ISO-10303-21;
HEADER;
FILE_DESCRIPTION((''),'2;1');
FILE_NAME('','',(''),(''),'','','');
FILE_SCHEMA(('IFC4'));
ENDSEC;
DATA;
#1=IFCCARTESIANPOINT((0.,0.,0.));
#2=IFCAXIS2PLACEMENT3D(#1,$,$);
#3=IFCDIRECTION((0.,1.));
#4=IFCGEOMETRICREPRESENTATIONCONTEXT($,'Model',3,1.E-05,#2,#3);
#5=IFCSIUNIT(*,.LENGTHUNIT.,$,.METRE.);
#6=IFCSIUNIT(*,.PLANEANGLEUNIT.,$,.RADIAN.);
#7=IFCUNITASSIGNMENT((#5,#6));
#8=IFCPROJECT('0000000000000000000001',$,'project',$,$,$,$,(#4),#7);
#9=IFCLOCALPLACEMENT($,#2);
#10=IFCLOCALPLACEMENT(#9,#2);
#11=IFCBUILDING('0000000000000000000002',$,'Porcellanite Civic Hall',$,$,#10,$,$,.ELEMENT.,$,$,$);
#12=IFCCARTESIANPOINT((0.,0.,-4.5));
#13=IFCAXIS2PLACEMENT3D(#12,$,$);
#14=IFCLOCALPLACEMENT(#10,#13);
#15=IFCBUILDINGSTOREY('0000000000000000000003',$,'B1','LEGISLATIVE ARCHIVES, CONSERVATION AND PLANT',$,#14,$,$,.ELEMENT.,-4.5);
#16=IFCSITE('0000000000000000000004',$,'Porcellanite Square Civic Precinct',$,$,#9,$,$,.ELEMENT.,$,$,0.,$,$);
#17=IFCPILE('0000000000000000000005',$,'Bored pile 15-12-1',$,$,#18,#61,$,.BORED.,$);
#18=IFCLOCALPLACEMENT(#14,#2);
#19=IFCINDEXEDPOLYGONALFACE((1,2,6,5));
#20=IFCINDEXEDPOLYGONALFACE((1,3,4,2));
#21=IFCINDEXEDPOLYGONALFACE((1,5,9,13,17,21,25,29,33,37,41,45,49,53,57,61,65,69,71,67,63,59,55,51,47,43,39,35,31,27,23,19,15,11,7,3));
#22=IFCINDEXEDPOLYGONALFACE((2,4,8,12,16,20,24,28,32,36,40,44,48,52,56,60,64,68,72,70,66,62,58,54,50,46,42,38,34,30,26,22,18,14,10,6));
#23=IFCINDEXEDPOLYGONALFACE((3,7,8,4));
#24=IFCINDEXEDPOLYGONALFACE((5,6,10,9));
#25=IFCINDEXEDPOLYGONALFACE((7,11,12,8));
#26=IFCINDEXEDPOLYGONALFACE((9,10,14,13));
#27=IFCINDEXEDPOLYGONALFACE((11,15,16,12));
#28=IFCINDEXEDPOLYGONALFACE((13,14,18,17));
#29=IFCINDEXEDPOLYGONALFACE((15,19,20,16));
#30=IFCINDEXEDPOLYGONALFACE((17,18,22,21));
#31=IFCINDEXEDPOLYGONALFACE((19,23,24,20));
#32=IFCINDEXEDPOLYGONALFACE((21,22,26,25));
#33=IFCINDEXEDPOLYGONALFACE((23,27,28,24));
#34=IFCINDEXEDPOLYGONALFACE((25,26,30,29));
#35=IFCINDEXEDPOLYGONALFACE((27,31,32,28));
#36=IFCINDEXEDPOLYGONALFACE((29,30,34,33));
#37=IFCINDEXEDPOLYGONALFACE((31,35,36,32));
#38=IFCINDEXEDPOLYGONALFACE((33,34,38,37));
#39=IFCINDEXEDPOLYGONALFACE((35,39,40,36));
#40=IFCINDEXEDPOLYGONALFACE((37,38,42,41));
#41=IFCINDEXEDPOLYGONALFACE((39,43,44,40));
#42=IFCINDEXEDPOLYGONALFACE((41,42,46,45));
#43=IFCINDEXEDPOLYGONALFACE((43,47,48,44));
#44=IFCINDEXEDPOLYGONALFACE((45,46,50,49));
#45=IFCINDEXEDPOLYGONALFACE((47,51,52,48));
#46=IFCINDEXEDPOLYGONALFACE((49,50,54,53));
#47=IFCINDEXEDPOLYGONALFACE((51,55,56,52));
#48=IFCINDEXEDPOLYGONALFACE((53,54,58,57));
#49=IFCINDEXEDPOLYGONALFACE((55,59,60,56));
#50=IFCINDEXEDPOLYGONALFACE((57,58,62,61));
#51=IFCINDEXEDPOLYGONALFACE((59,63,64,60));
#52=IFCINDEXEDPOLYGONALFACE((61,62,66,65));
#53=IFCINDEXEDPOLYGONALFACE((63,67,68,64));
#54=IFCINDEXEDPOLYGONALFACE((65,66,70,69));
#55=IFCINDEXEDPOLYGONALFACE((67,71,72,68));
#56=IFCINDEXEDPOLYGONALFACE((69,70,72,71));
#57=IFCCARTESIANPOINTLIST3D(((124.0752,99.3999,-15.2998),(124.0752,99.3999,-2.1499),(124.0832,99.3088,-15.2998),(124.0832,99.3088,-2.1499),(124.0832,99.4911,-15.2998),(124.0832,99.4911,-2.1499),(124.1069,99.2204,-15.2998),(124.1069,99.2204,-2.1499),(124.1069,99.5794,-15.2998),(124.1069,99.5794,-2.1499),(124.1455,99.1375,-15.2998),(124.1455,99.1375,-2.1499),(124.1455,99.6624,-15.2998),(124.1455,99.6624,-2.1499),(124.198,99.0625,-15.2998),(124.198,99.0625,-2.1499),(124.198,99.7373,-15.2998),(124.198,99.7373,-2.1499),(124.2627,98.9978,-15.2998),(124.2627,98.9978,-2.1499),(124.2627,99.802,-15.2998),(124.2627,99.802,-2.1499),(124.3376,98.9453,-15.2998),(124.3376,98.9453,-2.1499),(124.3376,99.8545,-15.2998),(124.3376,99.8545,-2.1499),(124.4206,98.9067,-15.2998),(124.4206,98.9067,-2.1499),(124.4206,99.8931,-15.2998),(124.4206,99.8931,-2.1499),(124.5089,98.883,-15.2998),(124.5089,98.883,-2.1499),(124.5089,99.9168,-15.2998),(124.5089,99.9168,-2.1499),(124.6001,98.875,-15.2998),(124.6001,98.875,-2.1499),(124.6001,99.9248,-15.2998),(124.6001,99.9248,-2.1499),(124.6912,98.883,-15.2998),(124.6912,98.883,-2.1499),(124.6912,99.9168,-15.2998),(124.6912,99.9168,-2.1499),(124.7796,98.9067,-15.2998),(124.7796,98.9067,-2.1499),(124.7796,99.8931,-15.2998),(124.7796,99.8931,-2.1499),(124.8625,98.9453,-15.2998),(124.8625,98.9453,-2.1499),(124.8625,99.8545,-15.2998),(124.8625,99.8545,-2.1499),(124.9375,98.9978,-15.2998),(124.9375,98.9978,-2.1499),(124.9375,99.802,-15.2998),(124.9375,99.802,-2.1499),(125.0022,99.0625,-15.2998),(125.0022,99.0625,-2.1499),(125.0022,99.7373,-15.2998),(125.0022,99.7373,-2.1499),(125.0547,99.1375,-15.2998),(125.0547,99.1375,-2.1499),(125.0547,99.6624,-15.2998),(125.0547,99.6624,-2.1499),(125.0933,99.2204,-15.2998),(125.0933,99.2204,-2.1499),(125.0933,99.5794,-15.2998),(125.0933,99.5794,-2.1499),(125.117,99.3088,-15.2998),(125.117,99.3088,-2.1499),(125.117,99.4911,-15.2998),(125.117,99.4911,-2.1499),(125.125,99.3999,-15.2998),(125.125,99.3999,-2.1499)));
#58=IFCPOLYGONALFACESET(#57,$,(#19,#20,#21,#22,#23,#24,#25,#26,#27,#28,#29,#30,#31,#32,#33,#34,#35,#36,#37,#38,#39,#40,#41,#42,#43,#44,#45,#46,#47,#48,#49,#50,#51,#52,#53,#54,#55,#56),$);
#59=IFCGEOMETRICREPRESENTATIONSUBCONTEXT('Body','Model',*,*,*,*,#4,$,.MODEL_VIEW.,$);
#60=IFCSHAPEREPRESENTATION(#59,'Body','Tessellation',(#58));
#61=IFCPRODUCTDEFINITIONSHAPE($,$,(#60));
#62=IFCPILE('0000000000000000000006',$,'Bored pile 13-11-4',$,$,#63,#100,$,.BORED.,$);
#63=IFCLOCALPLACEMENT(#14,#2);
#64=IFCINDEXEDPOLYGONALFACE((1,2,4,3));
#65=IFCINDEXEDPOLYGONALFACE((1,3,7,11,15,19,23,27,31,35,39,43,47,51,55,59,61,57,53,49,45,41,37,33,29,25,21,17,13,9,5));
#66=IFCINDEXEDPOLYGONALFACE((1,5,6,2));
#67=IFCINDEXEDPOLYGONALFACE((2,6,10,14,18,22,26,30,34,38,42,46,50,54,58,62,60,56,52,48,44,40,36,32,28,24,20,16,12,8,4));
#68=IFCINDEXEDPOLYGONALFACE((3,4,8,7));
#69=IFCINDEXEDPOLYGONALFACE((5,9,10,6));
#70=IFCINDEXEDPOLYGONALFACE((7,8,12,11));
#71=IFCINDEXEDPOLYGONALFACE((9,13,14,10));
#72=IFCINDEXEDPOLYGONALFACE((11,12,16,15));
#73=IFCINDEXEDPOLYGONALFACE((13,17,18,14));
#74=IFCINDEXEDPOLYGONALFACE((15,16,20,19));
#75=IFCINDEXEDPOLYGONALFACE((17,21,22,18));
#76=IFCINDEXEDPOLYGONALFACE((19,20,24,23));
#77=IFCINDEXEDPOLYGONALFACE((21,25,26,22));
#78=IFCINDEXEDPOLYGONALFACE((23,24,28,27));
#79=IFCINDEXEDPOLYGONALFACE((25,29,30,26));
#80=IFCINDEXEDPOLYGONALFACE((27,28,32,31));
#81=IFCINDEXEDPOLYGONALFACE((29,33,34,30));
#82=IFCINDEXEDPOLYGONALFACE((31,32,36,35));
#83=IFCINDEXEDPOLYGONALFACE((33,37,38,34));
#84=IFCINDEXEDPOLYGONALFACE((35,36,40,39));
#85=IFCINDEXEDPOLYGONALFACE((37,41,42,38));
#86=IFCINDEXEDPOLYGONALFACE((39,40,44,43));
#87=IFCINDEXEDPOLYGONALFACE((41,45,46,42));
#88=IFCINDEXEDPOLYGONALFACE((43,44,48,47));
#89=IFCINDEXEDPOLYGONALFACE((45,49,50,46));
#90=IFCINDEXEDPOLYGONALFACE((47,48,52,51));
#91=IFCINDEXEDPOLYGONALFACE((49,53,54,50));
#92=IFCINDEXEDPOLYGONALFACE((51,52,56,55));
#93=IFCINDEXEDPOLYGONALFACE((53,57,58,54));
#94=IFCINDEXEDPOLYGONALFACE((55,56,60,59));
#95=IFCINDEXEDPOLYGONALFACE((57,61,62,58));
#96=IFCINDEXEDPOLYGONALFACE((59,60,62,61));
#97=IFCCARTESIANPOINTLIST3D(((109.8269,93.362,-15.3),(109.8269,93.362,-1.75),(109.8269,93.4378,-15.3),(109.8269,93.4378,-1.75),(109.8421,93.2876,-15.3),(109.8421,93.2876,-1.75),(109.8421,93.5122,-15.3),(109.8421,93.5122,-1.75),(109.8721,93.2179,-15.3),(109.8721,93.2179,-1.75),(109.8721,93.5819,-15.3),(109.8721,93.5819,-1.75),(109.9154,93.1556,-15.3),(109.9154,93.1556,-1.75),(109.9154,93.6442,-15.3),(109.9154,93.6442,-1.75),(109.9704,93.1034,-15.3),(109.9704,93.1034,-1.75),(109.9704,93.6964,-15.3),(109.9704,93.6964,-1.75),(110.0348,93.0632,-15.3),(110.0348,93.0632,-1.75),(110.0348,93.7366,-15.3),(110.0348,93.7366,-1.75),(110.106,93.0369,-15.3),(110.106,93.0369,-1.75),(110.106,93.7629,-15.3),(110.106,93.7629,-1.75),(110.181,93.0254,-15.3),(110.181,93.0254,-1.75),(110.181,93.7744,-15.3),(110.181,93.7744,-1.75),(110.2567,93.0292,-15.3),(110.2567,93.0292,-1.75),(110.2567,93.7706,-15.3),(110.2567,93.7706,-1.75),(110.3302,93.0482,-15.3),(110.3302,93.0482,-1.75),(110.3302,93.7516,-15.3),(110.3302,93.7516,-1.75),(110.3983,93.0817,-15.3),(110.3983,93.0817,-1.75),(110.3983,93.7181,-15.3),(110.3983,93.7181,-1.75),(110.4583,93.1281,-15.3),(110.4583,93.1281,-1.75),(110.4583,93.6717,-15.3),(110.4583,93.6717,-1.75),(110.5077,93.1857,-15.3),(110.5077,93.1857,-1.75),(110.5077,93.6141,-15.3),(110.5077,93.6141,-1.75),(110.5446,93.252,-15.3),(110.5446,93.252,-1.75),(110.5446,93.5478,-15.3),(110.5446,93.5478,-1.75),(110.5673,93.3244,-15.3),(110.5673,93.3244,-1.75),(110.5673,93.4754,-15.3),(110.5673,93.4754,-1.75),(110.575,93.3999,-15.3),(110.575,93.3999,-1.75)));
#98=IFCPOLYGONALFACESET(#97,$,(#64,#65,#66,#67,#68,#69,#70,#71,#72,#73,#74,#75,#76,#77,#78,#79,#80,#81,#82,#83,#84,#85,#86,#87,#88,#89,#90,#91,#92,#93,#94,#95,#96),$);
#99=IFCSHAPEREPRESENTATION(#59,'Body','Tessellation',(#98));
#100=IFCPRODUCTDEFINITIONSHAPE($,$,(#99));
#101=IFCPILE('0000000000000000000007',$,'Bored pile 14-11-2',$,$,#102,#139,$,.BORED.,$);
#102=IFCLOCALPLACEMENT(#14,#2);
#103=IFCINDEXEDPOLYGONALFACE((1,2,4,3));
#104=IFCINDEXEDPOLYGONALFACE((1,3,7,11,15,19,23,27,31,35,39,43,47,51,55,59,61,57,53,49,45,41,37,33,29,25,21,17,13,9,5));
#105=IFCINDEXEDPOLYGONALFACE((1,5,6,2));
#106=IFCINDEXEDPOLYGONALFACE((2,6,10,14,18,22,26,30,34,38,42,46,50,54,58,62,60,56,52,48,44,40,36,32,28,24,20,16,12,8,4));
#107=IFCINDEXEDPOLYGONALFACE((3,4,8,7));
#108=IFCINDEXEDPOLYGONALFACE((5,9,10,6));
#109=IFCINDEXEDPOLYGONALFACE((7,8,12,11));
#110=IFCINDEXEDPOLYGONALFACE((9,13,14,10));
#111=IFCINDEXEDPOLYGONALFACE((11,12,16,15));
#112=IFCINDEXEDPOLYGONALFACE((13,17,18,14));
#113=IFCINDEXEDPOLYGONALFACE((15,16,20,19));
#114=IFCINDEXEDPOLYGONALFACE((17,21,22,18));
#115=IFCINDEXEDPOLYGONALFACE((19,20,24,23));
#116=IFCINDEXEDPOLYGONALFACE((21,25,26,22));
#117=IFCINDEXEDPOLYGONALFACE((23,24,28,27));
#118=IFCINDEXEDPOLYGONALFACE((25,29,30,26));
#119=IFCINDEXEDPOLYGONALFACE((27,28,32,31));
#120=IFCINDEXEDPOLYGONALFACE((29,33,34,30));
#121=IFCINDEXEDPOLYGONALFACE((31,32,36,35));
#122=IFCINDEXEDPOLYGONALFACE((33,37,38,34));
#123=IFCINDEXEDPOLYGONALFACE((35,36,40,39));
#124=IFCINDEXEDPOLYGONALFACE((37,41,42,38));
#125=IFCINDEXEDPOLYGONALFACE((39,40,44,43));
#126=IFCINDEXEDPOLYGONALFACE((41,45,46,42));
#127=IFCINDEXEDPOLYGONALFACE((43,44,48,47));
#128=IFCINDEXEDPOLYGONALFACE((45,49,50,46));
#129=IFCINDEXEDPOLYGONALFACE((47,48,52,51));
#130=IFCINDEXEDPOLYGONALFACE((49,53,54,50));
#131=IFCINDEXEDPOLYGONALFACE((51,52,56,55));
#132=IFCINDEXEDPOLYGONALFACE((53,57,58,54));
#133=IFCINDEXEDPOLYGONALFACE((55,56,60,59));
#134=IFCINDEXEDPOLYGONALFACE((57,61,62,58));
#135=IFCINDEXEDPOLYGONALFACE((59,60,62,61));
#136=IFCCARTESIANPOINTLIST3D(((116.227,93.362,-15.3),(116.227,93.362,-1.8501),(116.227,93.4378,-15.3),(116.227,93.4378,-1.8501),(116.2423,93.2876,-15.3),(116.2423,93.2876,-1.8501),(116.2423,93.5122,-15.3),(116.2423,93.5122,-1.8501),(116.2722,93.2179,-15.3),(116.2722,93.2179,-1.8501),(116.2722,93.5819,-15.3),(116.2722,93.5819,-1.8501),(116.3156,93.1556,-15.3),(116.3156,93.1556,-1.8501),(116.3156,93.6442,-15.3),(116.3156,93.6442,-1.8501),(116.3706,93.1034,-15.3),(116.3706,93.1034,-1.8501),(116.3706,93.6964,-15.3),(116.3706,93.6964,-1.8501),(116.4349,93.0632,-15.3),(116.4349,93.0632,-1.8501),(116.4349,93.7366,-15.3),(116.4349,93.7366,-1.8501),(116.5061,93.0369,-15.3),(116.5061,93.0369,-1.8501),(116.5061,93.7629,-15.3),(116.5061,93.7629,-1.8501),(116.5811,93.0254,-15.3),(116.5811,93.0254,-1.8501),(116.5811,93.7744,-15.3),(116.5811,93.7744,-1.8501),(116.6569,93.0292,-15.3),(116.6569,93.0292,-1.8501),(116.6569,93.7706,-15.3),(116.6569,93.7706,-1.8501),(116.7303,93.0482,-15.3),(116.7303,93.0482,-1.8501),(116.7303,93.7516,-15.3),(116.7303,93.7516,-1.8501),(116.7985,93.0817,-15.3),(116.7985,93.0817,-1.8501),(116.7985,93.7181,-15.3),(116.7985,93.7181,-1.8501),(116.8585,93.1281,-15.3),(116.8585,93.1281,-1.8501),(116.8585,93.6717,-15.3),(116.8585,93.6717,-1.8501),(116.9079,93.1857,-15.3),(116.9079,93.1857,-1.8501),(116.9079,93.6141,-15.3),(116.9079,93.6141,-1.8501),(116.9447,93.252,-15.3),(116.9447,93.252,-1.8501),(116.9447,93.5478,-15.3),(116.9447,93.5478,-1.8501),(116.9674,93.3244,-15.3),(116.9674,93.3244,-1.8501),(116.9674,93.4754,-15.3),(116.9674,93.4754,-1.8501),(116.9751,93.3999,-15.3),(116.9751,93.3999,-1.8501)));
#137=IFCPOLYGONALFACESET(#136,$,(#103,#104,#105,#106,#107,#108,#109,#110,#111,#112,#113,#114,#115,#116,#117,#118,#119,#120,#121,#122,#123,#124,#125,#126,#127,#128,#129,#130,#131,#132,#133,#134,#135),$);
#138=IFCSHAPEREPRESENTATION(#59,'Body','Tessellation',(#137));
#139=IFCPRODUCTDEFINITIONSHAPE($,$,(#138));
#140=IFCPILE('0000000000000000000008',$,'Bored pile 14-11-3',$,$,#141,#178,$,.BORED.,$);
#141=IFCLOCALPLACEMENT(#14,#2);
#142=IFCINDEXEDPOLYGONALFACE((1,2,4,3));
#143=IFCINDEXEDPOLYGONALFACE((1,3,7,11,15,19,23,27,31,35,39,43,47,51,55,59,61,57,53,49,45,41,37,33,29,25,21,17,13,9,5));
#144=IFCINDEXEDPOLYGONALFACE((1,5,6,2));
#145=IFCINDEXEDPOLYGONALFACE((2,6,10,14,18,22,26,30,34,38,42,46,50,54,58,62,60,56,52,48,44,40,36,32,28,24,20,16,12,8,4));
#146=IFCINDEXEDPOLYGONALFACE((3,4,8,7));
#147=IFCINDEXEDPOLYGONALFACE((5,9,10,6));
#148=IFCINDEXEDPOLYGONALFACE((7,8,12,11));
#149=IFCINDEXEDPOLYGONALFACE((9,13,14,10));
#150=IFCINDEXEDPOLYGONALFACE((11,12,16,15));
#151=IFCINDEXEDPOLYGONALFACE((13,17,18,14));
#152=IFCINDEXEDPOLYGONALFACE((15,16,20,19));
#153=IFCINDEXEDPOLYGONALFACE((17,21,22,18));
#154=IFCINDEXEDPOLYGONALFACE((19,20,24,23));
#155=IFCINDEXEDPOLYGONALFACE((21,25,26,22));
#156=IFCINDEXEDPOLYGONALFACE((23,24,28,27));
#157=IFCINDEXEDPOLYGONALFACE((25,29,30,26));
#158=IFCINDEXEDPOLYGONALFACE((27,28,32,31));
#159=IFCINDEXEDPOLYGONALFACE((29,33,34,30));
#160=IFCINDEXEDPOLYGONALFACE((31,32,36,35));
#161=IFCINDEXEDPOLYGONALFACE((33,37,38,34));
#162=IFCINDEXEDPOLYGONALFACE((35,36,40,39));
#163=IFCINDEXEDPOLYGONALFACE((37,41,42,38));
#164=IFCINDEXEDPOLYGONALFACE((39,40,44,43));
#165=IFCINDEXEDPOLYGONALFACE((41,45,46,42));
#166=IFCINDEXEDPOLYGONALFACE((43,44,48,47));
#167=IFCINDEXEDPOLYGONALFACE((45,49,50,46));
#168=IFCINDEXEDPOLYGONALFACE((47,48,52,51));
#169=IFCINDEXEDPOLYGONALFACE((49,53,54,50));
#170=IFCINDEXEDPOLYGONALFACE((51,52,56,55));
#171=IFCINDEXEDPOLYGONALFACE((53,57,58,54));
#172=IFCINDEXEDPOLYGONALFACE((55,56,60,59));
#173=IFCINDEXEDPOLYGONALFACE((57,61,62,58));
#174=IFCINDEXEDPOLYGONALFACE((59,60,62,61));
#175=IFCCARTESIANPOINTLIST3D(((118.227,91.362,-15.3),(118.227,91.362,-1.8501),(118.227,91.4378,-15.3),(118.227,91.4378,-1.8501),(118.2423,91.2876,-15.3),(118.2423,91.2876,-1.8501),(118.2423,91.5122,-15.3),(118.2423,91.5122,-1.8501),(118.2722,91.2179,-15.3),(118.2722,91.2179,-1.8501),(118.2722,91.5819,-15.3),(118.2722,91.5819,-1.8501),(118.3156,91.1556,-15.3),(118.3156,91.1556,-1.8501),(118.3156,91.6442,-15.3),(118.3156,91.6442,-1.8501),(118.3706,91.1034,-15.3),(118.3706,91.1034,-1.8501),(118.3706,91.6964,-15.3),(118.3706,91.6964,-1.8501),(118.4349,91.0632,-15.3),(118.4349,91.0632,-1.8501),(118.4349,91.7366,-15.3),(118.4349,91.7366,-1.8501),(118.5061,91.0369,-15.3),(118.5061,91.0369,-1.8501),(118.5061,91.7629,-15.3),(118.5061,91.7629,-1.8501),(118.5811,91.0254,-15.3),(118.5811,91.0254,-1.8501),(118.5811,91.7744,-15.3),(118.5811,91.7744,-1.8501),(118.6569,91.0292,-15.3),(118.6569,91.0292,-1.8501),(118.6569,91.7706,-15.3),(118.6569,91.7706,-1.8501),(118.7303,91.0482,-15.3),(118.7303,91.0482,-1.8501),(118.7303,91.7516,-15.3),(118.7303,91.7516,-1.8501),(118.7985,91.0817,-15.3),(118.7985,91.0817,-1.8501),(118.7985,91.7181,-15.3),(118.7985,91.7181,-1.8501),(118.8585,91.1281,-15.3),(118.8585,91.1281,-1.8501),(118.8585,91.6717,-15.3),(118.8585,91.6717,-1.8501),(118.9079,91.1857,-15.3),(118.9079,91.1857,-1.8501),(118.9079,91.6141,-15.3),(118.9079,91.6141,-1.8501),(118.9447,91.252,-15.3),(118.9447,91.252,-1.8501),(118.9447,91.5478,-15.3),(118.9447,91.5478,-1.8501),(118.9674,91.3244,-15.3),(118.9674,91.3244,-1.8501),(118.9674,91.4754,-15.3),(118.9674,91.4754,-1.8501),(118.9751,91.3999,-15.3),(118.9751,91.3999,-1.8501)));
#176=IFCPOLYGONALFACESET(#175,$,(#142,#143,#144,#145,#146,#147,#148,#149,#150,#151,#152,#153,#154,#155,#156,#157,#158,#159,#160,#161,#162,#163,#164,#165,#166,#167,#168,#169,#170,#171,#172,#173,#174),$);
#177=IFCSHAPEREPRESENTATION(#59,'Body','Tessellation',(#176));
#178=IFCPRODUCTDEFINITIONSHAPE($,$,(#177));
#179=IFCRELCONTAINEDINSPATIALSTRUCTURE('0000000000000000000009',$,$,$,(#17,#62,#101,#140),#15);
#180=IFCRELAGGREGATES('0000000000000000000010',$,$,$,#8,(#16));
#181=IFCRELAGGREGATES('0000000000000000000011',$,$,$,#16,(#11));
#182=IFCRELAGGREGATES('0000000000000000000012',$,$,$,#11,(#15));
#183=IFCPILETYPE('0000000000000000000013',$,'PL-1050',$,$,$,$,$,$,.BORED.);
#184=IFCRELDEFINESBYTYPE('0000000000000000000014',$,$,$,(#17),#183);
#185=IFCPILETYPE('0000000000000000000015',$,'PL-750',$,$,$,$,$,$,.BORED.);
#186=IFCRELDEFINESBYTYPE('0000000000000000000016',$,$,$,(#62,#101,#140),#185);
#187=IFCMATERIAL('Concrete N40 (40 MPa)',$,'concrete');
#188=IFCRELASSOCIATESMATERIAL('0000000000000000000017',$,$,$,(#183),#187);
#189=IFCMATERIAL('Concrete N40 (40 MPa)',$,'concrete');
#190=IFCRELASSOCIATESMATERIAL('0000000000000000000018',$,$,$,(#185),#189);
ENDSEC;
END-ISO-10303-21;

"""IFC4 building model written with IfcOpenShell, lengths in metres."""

from ifc_helpers import new_model, si_unit, direction, frame, origin, origin_2d, place, context, subcontext, project, spatial, circle, extrude, material, material_profile, profile_set, type_object, element, save


model = new_model("IFC4")

# Units and contexts
model_context = context("Model", 3, precision=1e-05, world=origin(), true_north=direction((0.0, 1.0)))
body_context = subcontext(model_context, "Body", "Model", "MODEL_VIEW")
ifc_project = project(units=[si_unit("LENGTHUNIT", "METRE"), si_unit("PLANEANGLEUNIT", "RADIAN")], contexts=[model_context])

# Site, building, storey
site_placement = place(None, origin())
site = spatial("IfcSite", under=ifc_project, at=site_placement, Name="Porcellanite Square Civic Precinct", CompositionType="ELEMENT", RefElevation=0.0)
building_placement = place(site_placement, origin())
building = spatial("IfcBuilding", under=site, at=building_placement, Name="Porcellanite Civic Hall", CompositionType="ELEMENT")
storey_placement = place(building_placement, frame((0.0, 0.0, -4.5)))
storey = spatial("IfcBuildingStorey", under=building, at=storey_placement, Name="B1", Description="LEGISLATIVE ARCHIVES, CONSERVATION AND PLANT", CompositionType="ELEMENT", Elevation=-4.5)

# Piles
ifc_material_1 = material(Name="Concrete N40 (40 MPa)", Category="concrete")
ifc_material_profile_1 = material_profile(ifc_material_1, circle(Radius=0.5249, at=origin_2d()), Name="PILE-D1050")
ifc_profile_set_1 = profile_set([ifc_material_profile_1], Name="Concrete N40 (40 MPa)")
pile_type_1 = type_object("IfcPileType", Name="PL-1050", PredefinedType="BORED", material=ifc_profile_set_1)
for number, where, z_axis, x_axis, name in (
    (1, (124.6001, 99.3999, -2.1499), (0.0, 0.0, -1.0), (1.0, 0.0, 0.0), "Bored pile 15-12-1"),
):
    element("IfcPile", number, at=place(storey_placement, frame(where, z_axis=z_axis, x_axis=x_axis)), inside=storey, type_object=pile_type_1, Name=name, PredefinedType="BORED", context=body_context, shape_type="SweptSolid", body=[
        extrude(circle(Radius=0.5249, at=origin_2d()), origin(), (0.0, 0.0, 1.0), 13.1499),
    ])
ifc_material_2 = material(Name="Concrete N40 (40 MPa)", Category="concrete")
ifc_material_profile_2 = material_profile(ifc_material_2, circle(Radius=0.375, at=origin_2d()), Name="PILE-D750")
ifc_profile_set_2 = profile_set([ifc_material_profile_2], Name="Concrete N40 (40 MPa)")
pile_type_2 = type_object("IfcPileType", Name="PL-750", PredefinedType="BORED", material=ifc_profile_set_2)
pile_placement = place(storey_placement, frame((110.2, 93.3999, -1.75), z_axis=(0.0, 0.0, -1.0), x_axis=(1.0, 0.0, 0.0)))
element("IfcPile", 2, at=pile_placement, inside=storey, type_object=pile_type_2, Name="Bored pile 13-11-4", PredefinedType="BORED", context=body_context, shape_type="SweptSolid", body=[
    extrude(circle(Radius=0.375, at=origin_2d()), origin(), (0.0, 0.0, 1.0), 13.55),
])
for number, where, z_axis, x_axis, name in (
    (3, (116.6001, 93.3999, -1.8501), (0.0, 0.0, -1.0), (1.0, 0.0, 0.0), "Bored pile 14-11-2"),
    (4, (118.6001, 91.3999, -1.8501), (0.0, 0.0, -1.0), (1.0, 0.0, 0.0), "Bored pile 14-11-3"),
):
    element("IfcPile", number, at=place(storey_placement, frame(where, z_axis=z_axis, x_axis=x_axis)), inside=storey, type_object=pile_type_2, Name=name, PredefinedType="BORED", context=body_context, shape_type="SweptSolid", body=[
        extrude(circle(Radius=0.375, at=origin_2d()), origin(), (0.0, 0.0, 1.0), 13.45),
    ])

save(model, "model.ifc")
